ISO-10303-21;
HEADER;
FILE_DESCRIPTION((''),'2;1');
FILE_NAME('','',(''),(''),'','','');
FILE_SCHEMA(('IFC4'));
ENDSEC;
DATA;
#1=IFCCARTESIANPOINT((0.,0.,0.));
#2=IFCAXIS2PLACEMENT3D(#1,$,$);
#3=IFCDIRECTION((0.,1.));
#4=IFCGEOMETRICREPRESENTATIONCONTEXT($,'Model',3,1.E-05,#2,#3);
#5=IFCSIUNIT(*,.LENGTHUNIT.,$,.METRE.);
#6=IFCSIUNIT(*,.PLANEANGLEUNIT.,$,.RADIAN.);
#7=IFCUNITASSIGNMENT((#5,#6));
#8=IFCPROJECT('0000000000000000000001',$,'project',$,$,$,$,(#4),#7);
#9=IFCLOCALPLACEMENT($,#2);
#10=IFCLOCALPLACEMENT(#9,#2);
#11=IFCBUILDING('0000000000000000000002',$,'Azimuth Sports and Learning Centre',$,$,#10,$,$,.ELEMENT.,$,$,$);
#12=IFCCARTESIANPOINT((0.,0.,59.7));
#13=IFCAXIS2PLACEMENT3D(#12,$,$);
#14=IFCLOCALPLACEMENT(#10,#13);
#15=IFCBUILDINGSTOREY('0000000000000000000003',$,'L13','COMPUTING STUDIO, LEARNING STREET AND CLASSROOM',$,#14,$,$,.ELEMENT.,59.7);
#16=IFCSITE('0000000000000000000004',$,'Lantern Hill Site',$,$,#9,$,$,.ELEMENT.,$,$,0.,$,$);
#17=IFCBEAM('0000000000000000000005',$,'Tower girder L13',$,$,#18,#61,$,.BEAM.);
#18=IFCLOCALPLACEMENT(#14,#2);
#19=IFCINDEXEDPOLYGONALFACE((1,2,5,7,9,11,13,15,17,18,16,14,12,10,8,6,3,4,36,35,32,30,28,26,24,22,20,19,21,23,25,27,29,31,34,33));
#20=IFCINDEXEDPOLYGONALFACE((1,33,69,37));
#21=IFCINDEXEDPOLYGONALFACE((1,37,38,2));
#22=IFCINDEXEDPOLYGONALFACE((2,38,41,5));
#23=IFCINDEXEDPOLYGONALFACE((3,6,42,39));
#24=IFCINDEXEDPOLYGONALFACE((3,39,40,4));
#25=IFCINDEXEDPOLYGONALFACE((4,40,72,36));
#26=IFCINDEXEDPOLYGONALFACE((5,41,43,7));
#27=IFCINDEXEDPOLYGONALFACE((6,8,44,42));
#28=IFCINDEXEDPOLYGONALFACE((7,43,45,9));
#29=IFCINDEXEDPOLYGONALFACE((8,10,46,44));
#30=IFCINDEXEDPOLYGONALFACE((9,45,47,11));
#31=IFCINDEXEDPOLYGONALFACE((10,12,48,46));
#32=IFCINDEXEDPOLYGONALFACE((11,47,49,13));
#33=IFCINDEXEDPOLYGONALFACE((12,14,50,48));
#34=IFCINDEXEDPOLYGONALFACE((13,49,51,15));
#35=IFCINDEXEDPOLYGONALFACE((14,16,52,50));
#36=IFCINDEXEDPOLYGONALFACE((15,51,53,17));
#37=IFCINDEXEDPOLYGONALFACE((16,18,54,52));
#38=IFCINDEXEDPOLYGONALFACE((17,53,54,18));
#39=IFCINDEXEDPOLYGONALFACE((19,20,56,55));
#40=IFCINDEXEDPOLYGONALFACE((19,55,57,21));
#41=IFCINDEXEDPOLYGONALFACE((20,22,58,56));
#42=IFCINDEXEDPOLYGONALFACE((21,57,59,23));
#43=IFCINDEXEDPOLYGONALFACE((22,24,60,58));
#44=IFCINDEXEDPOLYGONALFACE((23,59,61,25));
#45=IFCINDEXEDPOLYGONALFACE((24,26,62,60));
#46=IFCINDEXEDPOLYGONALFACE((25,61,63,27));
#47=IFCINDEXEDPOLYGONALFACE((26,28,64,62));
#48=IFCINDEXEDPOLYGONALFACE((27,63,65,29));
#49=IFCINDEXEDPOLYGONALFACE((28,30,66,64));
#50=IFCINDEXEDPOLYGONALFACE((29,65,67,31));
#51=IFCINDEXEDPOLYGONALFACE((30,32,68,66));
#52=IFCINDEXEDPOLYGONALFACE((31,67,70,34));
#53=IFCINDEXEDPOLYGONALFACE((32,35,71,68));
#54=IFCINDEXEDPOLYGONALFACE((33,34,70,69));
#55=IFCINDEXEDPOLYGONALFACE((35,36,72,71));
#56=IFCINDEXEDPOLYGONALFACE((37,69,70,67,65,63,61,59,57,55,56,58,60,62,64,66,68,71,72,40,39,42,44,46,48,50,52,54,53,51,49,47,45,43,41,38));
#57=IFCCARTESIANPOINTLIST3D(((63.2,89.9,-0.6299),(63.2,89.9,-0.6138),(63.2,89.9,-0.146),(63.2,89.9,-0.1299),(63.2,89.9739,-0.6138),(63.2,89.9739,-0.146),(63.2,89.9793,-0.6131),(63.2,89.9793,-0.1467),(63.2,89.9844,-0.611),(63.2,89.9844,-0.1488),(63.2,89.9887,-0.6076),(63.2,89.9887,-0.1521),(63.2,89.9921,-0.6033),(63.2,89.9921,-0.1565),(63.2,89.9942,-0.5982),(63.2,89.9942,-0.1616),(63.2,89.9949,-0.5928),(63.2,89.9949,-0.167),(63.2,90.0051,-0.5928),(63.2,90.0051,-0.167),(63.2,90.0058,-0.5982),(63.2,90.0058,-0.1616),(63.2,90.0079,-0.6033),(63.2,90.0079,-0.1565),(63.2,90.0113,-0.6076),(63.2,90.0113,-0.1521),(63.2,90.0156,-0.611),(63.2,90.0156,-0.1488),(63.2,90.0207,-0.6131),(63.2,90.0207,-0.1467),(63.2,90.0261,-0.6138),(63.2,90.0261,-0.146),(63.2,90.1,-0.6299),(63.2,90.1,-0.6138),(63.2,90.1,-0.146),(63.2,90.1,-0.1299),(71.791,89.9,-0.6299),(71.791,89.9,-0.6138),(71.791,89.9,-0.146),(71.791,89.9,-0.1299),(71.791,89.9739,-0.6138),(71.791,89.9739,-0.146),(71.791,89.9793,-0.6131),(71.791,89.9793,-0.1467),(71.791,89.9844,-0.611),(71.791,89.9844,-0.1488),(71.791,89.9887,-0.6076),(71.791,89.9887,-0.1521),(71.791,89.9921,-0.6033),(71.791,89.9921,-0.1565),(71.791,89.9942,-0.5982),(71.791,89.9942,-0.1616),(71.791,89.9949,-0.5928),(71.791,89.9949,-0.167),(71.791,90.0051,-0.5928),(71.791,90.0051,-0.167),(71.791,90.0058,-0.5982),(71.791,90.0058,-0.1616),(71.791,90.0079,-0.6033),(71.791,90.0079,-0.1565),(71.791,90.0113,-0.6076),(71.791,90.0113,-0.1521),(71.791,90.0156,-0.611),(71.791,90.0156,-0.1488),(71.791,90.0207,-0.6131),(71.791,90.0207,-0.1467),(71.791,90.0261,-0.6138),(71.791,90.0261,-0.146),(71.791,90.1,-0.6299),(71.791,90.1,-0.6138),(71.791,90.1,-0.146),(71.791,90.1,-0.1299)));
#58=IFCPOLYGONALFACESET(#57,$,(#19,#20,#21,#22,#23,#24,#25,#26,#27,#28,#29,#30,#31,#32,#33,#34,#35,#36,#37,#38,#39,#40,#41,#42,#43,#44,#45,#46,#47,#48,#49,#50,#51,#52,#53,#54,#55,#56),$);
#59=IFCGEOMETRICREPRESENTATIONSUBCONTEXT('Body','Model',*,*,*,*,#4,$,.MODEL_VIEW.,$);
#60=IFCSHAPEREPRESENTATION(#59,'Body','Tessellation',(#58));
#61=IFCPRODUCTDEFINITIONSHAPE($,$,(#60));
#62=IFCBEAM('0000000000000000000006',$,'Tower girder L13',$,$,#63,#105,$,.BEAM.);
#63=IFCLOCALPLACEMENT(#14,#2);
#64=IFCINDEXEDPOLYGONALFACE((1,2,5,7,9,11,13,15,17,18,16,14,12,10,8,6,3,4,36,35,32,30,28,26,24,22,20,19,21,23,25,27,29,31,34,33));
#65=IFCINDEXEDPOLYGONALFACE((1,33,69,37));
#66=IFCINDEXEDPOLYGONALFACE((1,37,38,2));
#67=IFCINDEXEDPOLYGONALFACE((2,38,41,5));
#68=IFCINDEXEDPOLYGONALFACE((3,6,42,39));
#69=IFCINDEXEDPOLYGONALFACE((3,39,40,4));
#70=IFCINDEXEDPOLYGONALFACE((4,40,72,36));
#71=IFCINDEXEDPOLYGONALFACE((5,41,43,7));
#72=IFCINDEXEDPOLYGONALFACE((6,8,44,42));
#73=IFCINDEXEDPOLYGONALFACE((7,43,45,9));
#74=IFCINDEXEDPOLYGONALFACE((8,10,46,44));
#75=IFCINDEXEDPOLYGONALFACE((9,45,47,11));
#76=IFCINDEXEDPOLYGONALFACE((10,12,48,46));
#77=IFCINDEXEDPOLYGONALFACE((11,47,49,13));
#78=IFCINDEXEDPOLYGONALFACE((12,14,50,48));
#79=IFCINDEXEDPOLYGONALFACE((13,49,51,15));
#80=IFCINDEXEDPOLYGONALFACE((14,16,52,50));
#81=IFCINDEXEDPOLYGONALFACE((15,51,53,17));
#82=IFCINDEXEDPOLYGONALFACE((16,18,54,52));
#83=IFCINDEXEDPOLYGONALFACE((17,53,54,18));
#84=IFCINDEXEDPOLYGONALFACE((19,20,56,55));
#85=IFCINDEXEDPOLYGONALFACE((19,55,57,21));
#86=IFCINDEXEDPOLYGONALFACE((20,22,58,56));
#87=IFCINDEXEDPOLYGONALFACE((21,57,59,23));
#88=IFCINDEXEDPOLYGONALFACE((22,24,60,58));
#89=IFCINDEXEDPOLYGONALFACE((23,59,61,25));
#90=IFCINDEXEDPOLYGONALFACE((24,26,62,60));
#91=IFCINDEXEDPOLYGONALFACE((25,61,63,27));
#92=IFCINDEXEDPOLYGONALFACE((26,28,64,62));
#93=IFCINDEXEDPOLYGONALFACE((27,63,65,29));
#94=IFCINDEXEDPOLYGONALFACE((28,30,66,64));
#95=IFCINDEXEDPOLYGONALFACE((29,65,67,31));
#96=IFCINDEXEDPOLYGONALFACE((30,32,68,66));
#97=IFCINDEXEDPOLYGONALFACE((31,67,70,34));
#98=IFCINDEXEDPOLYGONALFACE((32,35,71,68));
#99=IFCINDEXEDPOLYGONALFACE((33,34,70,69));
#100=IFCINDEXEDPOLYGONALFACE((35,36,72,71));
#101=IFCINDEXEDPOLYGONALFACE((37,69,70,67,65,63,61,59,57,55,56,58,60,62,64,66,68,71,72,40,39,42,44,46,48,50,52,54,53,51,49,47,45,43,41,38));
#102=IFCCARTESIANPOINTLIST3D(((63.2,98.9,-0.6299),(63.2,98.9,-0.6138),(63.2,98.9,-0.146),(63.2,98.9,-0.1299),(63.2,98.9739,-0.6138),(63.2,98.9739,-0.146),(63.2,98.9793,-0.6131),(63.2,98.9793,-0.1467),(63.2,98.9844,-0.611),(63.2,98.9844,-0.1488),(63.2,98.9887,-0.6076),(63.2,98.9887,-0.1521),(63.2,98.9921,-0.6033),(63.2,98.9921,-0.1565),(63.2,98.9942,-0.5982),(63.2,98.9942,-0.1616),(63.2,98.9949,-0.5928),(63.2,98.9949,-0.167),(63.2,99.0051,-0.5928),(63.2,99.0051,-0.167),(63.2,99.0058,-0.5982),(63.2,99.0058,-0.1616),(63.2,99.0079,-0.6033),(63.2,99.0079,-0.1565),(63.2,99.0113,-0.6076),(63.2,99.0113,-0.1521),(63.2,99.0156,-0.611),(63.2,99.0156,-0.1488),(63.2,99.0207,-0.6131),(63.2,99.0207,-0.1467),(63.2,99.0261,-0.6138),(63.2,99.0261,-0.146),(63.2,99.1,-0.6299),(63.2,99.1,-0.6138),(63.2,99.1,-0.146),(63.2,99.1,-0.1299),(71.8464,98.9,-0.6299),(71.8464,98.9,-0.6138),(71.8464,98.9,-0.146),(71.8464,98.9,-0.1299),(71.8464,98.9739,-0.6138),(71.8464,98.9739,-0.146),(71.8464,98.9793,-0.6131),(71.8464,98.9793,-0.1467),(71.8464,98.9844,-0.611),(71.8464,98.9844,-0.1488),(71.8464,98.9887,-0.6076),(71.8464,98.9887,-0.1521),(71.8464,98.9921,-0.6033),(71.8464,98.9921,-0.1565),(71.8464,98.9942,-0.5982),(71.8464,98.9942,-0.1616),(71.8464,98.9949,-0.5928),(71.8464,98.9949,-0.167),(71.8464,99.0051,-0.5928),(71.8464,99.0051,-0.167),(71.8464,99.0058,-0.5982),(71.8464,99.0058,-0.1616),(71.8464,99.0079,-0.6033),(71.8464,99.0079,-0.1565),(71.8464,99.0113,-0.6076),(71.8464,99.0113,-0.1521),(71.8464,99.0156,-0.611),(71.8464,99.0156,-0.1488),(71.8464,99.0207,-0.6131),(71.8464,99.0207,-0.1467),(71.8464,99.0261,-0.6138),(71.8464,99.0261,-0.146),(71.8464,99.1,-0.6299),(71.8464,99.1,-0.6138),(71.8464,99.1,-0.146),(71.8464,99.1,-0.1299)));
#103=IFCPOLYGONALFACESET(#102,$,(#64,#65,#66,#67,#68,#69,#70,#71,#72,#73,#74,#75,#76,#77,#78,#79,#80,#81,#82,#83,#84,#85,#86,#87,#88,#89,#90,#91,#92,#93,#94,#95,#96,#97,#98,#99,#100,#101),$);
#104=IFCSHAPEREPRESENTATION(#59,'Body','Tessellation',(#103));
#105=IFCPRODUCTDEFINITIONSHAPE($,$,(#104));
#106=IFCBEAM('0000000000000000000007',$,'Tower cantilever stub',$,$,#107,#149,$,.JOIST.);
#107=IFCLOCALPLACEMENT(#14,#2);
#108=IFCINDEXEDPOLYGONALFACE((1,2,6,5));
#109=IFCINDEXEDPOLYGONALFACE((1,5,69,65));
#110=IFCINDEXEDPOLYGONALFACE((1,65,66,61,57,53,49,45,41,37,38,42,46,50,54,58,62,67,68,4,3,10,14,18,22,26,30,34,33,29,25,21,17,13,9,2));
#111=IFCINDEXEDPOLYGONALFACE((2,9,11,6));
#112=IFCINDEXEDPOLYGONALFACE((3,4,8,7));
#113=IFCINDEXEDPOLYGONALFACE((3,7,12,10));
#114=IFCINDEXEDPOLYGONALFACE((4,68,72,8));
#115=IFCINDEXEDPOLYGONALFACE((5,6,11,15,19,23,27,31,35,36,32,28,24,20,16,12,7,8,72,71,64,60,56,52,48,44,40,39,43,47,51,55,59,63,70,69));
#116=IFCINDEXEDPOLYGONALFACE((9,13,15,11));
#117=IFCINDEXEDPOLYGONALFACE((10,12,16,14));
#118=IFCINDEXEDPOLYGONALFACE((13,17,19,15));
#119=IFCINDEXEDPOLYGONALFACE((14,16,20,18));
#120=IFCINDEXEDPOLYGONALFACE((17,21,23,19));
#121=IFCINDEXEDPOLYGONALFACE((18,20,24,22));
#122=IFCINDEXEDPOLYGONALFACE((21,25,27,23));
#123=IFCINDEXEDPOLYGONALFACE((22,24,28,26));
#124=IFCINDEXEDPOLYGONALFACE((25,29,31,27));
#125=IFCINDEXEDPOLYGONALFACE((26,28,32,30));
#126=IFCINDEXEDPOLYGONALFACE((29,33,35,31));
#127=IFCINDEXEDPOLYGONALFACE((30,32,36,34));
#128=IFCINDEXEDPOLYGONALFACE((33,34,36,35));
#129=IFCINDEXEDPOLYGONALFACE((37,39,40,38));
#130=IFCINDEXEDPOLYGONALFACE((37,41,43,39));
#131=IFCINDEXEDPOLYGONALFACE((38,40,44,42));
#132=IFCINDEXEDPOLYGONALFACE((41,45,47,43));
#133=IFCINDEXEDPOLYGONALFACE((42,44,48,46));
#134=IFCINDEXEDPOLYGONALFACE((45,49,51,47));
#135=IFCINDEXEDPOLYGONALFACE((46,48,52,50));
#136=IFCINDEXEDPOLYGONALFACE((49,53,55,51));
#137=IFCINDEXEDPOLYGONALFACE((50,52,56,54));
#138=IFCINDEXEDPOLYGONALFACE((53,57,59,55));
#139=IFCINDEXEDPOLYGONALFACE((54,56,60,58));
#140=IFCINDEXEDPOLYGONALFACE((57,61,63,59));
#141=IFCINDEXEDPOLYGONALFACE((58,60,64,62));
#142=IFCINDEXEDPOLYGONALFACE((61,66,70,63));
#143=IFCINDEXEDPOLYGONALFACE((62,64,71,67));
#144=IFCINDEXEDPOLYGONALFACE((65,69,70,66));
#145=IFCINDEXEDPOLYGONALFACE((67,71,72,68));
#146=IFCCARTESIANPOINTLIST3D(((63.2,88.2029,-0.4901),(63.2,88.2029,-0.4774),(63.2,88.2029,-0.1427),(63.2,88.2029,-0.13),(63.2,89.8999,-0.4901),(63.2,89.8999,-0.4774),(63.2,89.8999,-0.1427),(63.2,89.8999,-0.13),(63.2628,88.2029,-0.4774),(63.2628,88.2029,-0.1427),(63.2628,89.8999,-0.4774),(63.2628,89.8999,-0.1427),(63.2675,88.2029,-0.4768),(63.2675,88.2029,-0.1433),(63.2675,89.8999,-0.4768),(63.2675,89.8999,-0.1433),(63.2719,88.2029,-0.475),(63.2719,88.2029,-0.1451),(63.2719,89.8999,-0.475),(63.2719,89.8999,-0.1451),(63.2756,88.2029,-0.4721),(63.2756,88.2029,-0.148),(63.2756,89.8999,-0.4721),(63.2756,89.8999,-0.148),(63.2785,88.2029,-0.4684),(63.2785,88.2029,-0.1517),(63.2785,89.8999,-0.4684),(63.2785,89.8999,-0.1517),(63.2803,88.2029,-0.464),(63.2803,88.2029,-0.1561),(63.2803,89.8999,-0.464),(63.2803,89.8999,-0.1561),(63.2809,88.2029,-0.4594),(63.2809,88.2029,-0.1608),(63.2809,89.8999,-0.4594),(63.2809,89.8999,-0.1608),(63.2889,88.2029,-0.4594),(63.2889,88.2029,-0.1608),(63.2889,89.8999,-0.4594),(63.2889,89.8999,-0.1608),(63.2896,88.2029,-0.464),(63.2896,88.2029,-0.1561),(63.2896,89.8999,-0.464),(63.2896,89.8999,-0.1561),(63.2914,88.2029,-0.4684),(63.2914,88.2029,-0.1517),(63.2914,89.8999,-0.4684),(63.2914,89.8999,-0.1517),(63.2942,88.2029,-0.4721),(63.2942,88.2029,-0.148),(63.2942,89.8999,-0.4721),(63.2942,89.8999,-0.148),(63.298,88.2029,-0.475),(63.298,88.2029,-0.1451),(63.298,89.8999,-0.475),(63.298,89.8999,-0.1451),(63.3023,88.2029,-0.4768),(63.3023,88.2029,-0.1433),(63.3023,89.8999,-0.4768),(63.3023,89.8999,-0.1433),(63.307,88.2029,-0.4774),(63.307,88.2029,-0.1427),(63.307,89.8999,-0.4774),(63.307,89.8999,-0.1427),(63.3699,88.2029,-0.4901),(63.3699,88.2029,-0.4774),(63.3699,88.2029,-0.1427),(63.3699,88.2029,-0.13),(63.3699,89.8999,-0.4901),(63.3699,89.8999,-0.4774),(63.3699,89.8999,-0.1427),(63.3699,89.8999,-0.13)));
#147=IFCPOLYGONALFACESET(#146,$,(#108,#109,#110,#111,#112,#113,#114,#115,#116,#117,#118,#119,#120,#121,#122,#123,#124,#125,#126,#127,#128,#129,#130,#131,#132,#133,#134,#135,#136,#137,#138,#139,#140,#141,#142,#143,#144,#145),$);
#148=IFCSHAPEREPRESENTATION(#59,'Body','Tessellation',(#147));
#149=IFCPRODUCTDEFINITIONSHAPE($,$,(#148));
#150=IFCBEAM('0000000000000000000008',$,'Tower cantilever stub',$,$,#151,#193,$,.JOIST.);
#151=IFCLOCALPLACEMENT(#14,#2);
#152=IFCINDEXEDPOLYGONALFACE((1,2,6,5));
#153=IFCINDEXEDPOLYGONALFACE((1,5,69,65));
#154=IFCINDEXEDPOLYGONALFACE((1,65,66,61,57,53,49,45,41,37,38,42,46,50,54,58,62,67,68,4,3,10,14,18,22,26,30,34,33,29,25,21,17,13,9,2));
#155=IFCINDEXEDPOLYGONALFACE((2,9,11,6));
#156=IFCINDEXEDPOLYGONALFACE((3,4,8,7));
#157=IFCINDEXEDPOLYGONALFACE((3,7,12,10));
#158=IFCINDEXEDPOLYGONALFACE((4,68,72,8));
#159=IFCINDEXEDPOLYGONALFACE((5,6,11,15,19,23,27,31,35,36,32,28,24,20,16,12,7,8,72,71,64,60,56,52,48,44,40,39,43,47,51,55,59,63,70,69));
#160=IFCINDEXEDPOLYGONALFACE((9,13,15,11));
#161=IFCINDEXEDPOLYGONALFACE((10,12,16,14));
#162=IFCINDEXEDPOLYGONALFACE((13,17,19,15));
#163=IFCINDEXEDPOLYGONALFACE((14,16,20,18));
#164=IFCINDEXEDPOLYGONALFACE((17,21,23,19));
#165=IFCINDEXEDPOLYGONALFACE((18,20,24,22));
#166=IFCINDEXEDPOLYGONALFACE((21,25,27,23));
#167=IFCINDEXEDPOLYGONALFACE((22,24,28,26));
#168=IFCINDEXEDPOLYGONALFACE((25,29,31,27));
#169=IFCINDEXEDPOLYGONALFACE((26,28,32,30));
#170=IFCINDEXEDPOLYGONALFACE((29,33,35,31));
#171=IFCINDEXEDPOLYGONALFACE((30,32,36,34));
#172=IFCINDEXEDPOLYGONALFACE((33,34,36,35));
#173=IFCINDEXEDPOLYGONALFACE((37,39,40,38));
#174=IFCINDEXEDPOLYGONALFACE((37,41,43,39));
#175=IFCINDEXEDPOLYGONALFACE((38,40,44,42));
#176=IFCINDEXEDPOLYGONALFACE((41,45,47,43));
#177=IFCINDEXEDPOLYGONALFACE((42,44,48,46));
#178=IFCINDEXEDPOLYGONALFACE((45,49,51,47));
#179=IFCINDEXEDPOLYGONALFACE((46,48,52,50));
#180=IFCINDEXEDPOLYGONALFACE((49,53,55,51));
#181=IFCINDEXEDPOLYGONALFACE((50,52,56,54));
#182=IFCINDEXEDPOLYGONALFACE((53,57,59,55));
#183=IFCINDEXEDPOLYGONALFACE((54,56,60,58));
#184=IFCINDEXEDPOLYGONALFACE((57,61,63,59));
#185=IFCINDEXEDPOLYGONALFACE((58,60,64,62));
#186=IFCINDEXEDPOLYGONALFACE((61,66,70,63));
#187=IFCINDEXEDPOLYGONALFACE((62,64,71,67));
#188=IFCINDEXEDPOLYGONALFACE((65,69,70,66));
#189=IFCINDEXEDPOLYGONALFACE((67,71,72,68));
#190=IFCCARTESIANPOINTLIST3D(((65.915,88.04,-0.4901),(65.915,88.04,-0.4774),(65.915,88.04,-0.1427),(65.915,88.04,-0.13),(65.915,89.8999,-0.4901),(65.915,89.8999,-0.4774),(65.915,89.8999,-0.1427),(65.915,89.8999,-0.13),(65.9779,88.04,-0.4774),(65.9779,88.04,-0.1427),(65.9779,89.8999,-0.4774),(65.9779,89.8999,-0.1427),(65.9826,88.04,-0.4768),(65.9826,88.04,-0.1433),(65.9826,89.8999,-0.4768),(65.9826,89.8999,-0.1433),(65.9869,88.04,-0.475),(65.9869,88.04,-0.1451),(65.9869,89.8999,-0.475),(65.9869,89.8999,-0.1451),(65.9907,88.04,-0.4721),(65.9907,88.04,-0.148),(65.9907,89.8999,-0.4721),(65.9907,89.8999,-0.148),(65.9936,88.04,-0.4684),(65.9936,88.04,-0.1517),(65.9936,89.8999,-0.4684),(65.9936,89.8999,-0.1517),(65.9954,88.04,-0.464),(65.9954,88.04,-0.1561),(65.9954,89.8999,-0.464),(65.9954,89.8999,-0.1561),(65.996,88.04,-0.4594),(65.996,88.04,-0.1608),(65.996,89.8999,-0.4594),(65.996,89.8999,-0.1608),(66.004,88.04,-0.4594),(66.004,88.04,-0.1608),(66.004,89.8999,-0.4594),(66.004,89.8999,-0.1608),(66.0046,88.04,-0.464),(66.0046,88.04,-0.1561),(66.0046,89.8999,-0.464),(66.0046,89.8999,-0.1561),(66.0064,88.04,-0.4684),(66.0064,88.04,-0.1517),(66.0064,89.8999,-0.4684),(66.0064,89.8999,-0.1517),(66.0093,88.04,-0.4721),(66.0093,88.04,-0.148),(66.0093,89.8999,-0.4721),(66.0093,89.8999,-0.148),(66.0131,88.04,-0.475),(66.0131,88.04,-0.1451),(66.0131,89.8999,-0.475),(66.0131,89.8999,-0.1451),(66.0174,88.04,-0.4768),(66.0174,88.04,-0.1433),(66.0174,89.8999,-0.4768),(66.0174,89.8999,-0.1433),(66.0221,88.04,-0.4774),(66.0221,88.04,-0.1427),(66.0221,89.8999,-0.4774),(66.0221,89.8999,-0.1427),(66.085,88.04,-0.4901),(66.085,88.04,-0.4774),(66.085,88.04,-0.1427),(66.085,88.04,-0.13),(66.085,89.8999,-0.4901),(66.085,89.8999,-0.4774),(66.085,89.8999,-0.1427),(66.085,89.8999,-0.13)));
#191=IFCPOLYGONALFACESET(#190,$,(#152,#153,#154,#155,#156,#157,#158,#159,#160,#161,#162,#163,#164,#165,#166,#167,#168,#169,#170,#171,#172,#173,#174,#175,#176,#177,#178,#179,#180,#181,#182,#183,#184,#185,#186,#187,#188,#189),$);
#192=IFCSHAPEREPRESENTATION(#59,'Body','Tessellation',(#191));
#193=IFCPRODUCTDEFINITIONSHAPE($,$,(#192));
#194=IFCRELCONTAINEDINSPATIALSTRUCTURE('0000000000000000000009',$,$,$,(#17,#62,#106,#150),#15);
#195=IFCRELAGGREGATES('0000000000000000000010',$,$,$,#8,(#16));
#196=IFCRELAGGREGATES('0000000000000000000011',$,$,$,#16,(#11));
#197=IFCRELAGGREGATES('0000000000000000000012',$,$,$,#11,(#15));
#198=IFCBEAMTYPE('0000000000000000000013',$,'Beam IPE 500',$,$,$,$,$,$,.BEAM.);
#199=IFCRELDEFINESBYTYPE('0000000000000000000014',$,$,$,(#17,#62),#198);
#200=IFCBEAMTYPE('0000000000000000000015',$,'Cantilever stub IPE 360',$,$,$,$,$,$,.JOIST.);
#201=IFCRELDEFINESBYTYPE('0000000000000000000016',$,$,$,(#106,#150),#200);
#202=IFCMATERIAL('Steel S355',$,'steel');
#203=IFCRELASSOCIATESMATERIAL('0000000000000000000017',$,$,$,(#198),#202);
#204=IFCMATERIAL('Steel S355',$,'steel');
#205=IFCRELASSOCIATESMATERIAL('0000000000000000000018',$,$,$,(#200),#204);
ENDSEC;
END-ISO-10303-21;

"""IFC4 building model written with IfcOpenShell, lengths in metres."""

from ifc_helpers import new_model, si_unit, direction, frame, origin, origin_2d, place, context, subcontext, project, spatial, i_section, extrude, material, material_profile, profile_set, type_object, element, save


model = new_model("IFC4")

# Units and contexts
model_context = context("Model", 3, precision=1e-05, world=origin(), true_north=direction((0.0, 1.0)))
body_context = subcontext(model_context, "Body", "Model", "MODEL_VIEW")
ifc_project = project(units=[si_unit("LENGTHUNIT", "METRE"), si_unit("PLANEANGLEUNIT", "RADIAN")], contexts=[model_context])

# Site, building, storey
site_placement = place(None, origin())
site = spatial("IfcSite", under=ifc_project, at=site_placement, Name="Lantern Hill Site", CompositionType="ELEMENT", RefElevation=0.0)
building_placement = place(site_placement, origin())
building = spatial("IfcBuilding", under=site, at=building_placement, Name="Azimuth Sports and Learning Centre", CompositionType="ELEMENT")
storey_placement = place(building_placement, frame((0.0, 0.0, 59.7)))
storey = spatial("IfcBuildingStorey", under=building, at=storey_placement, Name="L13", Description="COMPUTING STUDIO, LEARNING STREET AND CLASSROOM", CompositionType="ELEMENT", Elevation=59.7)

# Beams
ifc_material_1 = material(Name="Steel S355", Category="steel")
ifc_material_profile_1 = material_profile(ifc_material_1, i_section(OverallWidth=0.2, OverallDepth=0.5, WebThickness=0.0103, FlangeThickness=0.0161, FilletRadius=0.021, at=origin_2d()), Name="IPE 500")
ifc_profile_set_1 = profile_set([ifc_material_profile_1], Name="Steel S355")
beam_type_1 = type_object("IfcBeamType", Name="Beam IPE 500", PredefinedType="BEAM", material=ifc_profile_set_1)
beam_1_placement = place(storey_placement, frame((63.2, 90.0, -0.3799), z_axis=(1.0, 0.0, 0.0), x_axis=(0.0, 1.0, 0.0)))
element("IfcBeam", 1, at=beam_1_placement, inside=storey, type_object=beam_type_1, Name="Tower girder L13", PredefinedType="BEAM", context=body_context, shape_type="SweptSolid", body=[
    extrude(i_section(OverallWidth=0.2, OverallDepth=0.5, WebThickness=0.0103, FlangeThickness=0.0161, FilletRadius=0.021, at=origin_2d()), origin(), (0.0, 0.0, 1.0), 8.5911),
])
beam_2_placement = place(storey_placement, frame((63.2, 99.0, -0.3799), z_axis=(1.0, 0.0, 0.0), x_axis=(0.0, 1.0, 0.0)))
element("IfcBeam", 2, at=beam_2_placement, inside=storey, type_object=beam_type_1, Name="Tower girder L13", PredefinedType="BEAM", context=body_context, shape_type="SweptSolid", body=[
    extrude(i_section(OverallWidth=0.2, OverallDepth=0.5, WebThickness=0.0103, FlangeThickness=0.0161, FilletRadius=0.021, at=origin_2d()), origin(), (0.0, 0.0, 1.0), 8.6465),
])
ifc_material_2 = material(Name="Steel S355", Category="steel")
ifc_material_profile_2 = material_profile(ifc_material_2, i_section(OverallWidth=0.1699, OverallDepth=0.3601, WebThickness=0.0081, FlangeThickness=0.0127, FilletRadius=0.0181, at=origin_2d()), Name="IPE 360")
ifc_profile_set_2 = profile_set([ifc_material_profile_2], Name="Steel S355")
beam_type_2 = type_object("IfcBeamType", Name="Cantilever stub IPE 360", PredefinedType="JOIST", material=ifc_profile_set_2)
beam_3_placement = place(storey_placement, frame((63.2849, 89.8999, -0.3101), z_axis=(0.0, -1.0, 0.0), x_axis=(1.0, 0.0, 0.0)))
element("IfcBeam", 3, at=beam_3_placement, inside=storey, type_object=beam_type_2, Name="Tower cantilever stub", PredefinedType="JOIST", context=body_context, shape_type="SweptSolid", body=[
    extrude(i_section(OverallWidth=0.1699, OverallDepth=0.3601, WebThickness=0.0081, FlangeThickness=0.0127, FilletRadius=0.0181, at=origin_2d()), origin(), (0.0, 0.0, 1.0), 1.697),
])
beam_4_placement = place(storey_placement, frame((66.0, 89.8999, -0.3101), z_axis=(0.0, -1.0, 0.0), x_axis=(1.0, 0.0, 0.0)))
element("IfcBeam", 4, at=beam_4_placement, inside=storey, type_object=beam_type_2, Name="Tower cantilever stub", PredefinedType="JOIST", context=body_context, shape_type="SweptSolid", body=[
    extrude(i_section(OverallWidth=0.1699, OverallDepth=0.3601, WebThickness=0.0081, FlangeThickness=0.0127, FilletRadius=0.0181, at=origin_2d()), origin(), (0.0, 0.0, 1.0), 1.8599),
])

save(model, "model.ifc")
